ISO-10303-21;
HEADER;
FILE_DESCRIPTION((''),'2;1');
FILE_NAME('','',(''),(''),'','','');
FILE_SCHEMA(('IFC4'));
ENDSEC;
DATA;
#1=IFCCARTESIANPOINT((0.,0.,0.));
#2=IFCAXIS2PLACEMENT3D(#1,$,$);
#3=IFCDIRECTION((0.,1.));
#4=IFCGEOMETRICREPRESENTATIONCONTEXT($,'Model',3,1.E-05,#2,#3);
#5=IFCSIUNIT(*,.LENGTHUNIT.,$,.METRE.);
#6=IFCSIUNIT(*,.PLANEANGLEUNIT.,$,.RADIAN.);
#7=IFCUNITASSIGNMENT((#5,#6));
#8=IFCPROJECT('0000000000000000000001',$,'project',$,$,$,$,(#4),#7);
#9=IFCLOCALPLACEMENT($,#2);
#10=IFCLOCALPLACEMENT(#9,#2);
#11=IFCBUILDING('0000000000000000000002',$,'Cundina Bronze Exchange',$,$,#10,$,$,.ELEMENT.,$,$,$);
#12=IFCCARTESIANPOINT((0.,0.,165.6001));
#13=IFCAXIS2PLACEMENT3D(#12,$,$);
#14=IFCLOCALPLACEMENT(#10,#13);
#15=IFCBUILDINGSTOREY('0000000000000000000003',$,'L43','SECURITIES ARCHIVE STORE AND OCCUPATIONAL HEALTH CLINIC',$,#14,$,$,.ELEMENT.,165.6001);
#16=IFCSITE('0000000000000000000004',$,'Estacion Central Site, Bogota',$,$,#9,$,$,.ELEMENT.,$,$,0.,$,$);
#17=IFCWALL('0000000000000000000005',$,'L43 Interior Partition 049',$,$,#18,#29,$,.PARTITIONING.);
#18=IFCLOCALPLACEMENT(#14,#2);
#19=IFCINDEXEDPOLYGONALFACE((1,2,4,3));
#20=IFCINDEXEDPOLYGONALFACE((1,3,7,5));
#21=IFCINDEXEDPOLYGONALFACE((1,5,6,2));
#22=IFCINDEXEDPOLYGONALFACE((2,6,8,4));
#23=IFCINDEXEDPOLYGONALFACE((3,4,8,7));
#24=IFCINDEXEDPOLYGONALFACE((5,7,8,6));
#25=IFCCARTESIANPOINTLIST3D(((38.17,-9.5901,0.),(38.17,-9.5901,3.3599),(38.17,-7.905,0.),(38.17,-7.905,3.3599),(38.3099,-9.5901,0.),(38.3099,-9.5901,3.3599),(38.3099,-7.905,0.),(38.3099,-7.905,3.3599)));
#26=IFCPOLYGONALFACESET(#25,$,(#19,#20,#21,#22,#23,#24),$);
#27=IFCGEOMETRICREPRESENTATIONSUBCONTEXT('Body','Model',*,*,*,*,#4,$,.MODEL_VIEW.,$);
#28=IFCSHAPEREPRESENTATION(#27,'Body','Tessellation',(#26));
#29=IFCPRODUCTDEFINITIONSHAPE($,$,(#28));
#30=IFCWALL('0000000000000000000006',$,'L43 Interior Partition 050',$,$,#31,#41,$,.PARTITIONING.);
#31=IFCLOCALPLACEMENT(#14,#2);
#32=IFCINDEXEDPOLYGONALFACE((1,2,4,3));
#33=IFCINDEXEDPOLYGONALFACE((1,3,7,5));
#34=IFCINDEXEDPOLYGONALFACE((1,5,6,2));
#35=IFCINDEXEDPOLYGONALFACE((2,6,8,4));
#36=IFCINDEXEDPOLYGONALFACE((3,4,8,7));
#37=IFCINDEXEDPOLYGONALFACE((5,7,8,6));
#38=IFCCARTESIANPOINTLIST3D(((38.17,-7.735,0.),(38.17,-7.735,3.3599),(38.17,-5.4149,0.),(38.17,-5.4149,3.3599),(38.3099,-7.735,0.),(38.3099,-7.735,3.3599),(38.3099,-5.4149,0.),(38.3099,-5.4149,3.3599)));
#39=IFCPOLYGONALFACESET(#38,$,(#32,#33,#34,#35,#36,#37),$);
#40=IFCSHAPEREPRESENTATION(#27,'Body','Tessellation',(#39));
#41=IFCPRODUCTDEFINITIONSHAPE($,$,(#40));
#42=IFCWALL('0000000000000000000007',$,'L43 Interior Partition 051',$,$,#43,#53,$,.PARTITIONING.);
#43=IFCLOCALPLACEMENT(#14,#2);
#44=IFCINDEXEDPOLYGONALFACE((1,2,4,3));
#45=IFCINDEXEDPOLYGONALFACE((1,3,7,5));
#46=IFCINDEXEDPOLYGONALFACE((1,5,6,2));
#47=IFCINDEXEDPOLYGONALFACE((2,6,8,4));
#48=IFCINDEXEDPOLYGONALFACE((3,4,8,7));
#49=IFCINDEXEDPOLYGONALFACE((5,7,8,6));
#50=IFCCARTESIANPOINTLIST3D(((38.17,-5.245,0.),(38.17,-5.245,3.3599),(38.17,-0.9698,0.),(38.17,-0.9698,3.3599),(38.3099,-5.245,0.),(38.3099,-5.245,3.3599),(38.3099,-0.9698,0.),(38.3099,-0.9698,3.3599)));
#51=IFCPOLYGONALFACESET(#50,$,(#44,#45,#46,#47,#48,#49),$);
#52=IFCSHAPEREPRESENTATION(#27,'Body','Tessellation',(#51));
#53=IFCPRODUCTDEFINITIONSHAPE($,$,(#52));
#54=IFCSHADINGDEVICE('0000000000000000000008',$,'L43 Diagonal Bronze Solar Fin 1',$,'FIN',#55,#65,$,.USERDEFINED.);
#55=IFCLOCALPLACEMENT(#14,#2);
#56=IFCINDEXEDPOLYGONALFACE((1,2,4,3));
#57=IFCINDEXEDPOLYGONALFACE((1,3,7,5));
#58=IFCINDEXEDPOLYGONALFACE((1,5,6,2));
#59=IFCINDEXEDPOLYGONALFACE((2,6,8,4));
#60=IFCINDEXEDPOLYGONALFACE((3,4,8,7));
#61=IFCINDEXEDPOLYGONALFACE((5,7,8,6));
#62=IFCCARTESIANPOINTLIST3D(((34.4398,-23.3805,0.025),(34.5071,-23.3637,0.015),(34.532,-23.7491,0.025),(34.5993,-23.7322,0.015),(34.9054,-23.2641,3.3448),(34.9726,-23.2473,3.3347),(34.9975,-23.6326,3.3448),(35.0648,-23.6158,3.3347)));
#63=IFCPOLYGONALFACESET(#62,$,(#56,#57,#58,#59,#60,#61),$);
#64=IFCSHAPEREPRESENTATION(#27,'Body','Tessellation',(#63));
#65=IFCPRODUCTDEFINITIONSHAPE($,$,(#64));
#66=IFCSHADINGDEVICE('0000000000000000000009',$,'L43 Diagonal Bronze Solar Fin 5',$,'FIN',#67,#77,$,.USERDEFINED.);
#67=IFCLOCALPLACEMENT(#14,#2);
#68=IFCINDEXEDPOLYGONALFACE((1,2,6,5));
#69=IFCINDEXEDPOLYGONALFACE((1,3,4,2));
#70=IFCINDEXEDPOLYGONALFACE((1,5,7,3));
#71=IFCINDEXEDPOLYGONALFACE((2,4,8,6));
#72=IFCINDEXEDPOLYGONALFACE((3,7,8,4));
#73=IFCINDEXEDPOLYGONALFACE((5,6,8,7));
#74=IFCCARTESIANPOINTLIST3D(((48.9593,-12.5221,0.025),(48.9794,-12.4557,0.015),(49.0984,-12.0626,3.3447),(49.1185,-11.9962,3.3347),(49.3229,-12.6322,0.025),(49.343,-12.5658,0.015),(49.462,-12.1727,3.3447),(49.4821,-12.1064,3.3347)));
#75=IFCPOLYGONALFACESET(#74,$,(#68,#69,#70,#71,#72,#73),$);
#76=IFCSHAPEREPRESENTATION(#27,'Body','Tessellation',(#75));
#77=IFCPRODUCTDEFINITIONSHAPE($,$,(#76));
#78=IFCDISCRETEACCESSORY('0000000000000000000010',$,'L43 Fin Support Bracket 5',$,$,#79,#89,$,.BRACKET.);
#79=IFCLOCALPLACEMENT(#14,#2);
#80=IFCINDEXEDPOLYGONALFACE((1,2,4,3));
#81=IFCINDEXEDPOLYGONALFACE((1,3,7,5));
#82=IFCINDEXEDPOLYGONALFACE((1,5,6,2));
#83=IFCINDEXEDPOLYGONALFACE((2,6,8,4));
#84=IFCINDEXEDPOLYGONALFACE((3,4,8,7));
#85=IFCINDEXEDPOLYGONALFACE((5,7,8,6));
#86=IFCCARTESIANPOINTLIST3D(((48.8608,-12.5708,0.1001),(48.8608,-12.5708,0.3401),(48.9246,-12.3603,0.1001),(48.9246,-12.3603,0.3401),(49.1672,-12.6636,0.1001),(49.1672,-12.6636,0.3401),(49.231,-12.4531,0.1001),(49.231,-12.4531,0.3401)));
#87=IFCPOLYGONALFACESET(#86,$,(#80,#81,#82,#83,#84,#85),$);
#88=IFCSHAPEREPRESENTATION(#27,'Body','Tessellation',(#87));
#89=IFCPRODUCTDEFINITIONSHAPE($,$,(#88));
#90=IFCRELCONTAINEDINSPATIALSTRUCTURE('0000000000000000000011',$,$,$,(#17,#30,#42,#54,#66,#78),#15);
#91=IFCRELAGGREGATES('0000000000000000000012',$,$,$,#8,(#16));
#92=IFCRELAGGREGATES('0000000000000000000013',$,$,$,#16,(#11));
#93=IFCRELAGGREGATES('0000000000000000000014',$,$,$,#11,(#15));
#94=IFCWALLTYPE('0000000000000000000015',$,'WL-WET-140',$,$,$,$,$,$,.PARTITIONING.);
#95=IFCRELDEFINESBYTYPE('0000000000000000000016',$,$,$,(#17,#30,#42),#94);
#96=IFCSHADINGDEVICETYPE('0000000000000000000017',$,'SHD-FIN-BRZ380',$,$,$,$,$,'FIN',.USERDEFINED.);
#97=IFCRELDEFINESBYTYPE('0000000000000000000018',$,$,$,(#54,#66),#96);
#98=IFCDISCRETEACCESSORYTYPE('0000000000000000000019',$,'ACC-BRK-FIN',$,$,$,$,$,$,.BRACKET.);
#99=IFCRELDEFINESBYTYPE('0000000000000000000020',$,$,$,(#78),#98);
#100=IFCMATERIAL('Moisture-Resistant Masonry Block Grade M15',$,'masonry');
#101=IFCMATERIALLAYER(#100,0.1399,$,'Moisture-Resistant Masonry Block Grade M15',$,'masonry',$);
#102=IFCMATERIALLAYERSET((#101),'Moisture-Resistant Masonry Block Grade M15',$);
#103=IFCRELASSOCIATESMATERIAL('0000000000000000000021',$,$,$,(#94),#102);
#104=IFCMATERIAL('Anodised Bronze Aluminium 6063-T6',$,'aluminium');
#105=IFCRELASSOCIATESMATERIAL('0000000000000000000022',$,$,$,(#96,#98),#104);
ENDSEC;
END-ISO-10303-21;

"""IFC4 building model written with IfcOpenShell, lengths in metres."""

from ifc_helpers import new_model, si_unit, direction, frame, frame_2d, origin, origin_2d, place, context, subcontext, project, spatial, rectangle, extrude, material, layer, layer_set, material_profile, profile_set, type_object, element, save


model = new_model("IFC4")

# Units and contexts
model_context = context("Model", 3, precision=1e-05, world=origin(), true_north=direction((0.0, 1.0)))
body_context = subcontext(model_context, "Body", "Model", "MODEL_VIEW")
ifc_project = project(units=[si_unit("LENGTHUNIT", "METRE"), si_unit("PLANEANGLEUNIT", "RADIAN")], contexts=[model_context])

# Site, building, storey
site_placement = place(None, origin())
site = spatial("IfcSite", under=ifc_project, at=site_placement, Name="Estacion Central Site, Bogota", CompositionType="ELEMENT", RefElevation=0.0)
building_placement = place(site_placement, origin())
building = spatial("IfcBuilding", under=site, at=building_placement, Name="Cundina Bronze Exchange", CompositionType="ELEMENT")
storey_placement = place(building_placement, frame((0.0, 0.0, 165.6001)))
storey = spatial("IfcBuildingStorey", under=building, at=storey_placement, Name="L43", Description="SECURITIES ARCHIVE STORE AND OCCUPATIONAL HEALTH CLINIC", CompositionType="ELEMENT", Elevation=165.6001)

# Shared definitions
ifc_material_1 = material(Name="Anodised Bronze Aluminium 6063-T6", Category="aluminium")

# Walls
ifc_material_2 = material(Name="Moisture-Resistant Masonry Block Grade M15", Category="masonry")
ifc_layer_1 = layer(ifc_material_2, 0.1399, Name="Moisture-Resistant Masonry Block Grade M15", Category="masonry")
ifc_layer_set_1 = layer_set([ifc_layer_1], Name="Moisture-Resistant Masonry Block Grade M15")
wall_type_1 = type_object("IfcWallType", Name="WL-WET-140", PredefinedType="PARTITIONING", material=ifc_layer_set_1)
wall_1_placement = place(storey_placement, frame((38.24, -9.5901, 0.0), z_axis=(0.0, 0.0, 1.0), x_axis=(0.0, 1.0, 0.0)))
element("IfcWall", 1, at=wall_1_placement, inside=storey, type_object=wall_type_1, Name="L43 Interior Partition 049", PredefinedType="PARTITIONING", context=body_context, shape_type="SweptSolid", body=[
    extrude(rectangle(XDim=1.6851, YDim=0.1399, at=frame_2d((0.8425, 0.0))), origin(), (0.0, 0.0, 1.0), 3.3599),
])
wall_2_placement = place(storey_placement, frame((38.24, -7.7351, 0.0), z_axis=(0.0, 0.0, 1.0), x_axis=(0.0, 1.0, 0.0)))
element("IfcWall", 2, at=wall_2_placement, inside=storey, type_object=wall_type_1, Name="L43 Interior Partition 050", PredefinedType="PARTITIONING", context=body_context, shape_type="SweptSolid", body=[
    extrude(rectangle(XDim=2.3201, YDim=0.1399, at=frame_2d((1.1602, 0.0))), origin(), (0.0, 0.0, 1.0), 3.3599),
])
wall_3_placement = place(storey_placement, frame((38.24, -5.2451, 0.0), z_axis=(0.0, 0.0, 1.0), x_axis=(0.0, 1.0, 0.0)))
element("IfcWall", 3, at=wall_3_placement, inside=storey, type_object=wall_type_1, Name="L43 Interior Partition 051", PredefinedType="PARTITIONING", context=body_context, shape_type="SweptSolid", body=[
    extrude(rectangle(XDim=4.2751, YDim=0.1399, at=frame_2d((2.1377, 0.0))), origin(), (0.0, 0.0, 1.0), 3.3599),
])

# Shading devices
ifc_material_profile_1 = material_profile(ifc_material_1, rectangle(XDim=0.0701, YDim=0.3799, at=origin_2d()), Name="FIN70X380", Category="aluminium")
ifc_profile_set_1 = profile_set([ifc_material_profile_1], Name="Anodised Bronze Aluminium 6063-T6")
shading_device_type = type_object("IfcShadingDeviceType", Name="SHD-FIN-BRZ380", ElementType="FIN", PredefinedType="USERDEFINED", material=ifc_profile_set_1)
for number, where, z_axis, x_axis, name in (
    (4, (34.5195, -23.5564, 0.02), (0.138798, 0.034718, 0.989712), (-0.960132, -0.240159, 0.143075), "L43 Diagonal Bronze Solar Fin 1"),
    (5, (49.1511, -12.5439, 0.02), (0.041486, 0.136978, 0.989705), (-0.286882, -0.947214, 0.143123), "L43 Diagonal Bronze Solar Fin 5"),
):
    element("IfcShadingDevice", number, at=place(storey_placement, frame(where, z_axis=z_axis, x_axis=x_axis)), inside=storey, type_object=shading_device_type, Name=name, ObjectType="FIN", PredefinedType="USERDEFINED", context=body_context, shape_type="SweptSolid", body=[
        extrude(rectangle(XDim=0.0701, YDim=0.3799, at=origin_2d()), origin(), (0.0, 0.0, 1.0), 3.3542),
    ])

# Discrete accessory
discrete_accessory_type = type_object("IfcDiscreteAccessoryType", Name="ACC-BRK-FIN", PredefinedType="BRACKET", material=ifc_material_1)
discrete_accessory_placement = place(storey_placement, frame((49.0459, -12.512, 0.1001), z_axis=(0.0, 0.0, 1.0), x_axis=(0.290051, 0.957011, 0.0)))
element("IfcDiscreteAccessory", 6, at=discrete_accessory_placement, inside=storey, type_object=discrete_accessory_type, Name="L43 Fin Support Bracket 5", PredefinedType="BRACKET", context=body_context, shape_type="SweptSolid", body=[
    extrude(rectangle(XDim=0.22, YDim=0.3201, at=origin_2d()), origin(), (0.0, 0.0, 1.0), 0.24),
])

save(model, "model.ifc")
